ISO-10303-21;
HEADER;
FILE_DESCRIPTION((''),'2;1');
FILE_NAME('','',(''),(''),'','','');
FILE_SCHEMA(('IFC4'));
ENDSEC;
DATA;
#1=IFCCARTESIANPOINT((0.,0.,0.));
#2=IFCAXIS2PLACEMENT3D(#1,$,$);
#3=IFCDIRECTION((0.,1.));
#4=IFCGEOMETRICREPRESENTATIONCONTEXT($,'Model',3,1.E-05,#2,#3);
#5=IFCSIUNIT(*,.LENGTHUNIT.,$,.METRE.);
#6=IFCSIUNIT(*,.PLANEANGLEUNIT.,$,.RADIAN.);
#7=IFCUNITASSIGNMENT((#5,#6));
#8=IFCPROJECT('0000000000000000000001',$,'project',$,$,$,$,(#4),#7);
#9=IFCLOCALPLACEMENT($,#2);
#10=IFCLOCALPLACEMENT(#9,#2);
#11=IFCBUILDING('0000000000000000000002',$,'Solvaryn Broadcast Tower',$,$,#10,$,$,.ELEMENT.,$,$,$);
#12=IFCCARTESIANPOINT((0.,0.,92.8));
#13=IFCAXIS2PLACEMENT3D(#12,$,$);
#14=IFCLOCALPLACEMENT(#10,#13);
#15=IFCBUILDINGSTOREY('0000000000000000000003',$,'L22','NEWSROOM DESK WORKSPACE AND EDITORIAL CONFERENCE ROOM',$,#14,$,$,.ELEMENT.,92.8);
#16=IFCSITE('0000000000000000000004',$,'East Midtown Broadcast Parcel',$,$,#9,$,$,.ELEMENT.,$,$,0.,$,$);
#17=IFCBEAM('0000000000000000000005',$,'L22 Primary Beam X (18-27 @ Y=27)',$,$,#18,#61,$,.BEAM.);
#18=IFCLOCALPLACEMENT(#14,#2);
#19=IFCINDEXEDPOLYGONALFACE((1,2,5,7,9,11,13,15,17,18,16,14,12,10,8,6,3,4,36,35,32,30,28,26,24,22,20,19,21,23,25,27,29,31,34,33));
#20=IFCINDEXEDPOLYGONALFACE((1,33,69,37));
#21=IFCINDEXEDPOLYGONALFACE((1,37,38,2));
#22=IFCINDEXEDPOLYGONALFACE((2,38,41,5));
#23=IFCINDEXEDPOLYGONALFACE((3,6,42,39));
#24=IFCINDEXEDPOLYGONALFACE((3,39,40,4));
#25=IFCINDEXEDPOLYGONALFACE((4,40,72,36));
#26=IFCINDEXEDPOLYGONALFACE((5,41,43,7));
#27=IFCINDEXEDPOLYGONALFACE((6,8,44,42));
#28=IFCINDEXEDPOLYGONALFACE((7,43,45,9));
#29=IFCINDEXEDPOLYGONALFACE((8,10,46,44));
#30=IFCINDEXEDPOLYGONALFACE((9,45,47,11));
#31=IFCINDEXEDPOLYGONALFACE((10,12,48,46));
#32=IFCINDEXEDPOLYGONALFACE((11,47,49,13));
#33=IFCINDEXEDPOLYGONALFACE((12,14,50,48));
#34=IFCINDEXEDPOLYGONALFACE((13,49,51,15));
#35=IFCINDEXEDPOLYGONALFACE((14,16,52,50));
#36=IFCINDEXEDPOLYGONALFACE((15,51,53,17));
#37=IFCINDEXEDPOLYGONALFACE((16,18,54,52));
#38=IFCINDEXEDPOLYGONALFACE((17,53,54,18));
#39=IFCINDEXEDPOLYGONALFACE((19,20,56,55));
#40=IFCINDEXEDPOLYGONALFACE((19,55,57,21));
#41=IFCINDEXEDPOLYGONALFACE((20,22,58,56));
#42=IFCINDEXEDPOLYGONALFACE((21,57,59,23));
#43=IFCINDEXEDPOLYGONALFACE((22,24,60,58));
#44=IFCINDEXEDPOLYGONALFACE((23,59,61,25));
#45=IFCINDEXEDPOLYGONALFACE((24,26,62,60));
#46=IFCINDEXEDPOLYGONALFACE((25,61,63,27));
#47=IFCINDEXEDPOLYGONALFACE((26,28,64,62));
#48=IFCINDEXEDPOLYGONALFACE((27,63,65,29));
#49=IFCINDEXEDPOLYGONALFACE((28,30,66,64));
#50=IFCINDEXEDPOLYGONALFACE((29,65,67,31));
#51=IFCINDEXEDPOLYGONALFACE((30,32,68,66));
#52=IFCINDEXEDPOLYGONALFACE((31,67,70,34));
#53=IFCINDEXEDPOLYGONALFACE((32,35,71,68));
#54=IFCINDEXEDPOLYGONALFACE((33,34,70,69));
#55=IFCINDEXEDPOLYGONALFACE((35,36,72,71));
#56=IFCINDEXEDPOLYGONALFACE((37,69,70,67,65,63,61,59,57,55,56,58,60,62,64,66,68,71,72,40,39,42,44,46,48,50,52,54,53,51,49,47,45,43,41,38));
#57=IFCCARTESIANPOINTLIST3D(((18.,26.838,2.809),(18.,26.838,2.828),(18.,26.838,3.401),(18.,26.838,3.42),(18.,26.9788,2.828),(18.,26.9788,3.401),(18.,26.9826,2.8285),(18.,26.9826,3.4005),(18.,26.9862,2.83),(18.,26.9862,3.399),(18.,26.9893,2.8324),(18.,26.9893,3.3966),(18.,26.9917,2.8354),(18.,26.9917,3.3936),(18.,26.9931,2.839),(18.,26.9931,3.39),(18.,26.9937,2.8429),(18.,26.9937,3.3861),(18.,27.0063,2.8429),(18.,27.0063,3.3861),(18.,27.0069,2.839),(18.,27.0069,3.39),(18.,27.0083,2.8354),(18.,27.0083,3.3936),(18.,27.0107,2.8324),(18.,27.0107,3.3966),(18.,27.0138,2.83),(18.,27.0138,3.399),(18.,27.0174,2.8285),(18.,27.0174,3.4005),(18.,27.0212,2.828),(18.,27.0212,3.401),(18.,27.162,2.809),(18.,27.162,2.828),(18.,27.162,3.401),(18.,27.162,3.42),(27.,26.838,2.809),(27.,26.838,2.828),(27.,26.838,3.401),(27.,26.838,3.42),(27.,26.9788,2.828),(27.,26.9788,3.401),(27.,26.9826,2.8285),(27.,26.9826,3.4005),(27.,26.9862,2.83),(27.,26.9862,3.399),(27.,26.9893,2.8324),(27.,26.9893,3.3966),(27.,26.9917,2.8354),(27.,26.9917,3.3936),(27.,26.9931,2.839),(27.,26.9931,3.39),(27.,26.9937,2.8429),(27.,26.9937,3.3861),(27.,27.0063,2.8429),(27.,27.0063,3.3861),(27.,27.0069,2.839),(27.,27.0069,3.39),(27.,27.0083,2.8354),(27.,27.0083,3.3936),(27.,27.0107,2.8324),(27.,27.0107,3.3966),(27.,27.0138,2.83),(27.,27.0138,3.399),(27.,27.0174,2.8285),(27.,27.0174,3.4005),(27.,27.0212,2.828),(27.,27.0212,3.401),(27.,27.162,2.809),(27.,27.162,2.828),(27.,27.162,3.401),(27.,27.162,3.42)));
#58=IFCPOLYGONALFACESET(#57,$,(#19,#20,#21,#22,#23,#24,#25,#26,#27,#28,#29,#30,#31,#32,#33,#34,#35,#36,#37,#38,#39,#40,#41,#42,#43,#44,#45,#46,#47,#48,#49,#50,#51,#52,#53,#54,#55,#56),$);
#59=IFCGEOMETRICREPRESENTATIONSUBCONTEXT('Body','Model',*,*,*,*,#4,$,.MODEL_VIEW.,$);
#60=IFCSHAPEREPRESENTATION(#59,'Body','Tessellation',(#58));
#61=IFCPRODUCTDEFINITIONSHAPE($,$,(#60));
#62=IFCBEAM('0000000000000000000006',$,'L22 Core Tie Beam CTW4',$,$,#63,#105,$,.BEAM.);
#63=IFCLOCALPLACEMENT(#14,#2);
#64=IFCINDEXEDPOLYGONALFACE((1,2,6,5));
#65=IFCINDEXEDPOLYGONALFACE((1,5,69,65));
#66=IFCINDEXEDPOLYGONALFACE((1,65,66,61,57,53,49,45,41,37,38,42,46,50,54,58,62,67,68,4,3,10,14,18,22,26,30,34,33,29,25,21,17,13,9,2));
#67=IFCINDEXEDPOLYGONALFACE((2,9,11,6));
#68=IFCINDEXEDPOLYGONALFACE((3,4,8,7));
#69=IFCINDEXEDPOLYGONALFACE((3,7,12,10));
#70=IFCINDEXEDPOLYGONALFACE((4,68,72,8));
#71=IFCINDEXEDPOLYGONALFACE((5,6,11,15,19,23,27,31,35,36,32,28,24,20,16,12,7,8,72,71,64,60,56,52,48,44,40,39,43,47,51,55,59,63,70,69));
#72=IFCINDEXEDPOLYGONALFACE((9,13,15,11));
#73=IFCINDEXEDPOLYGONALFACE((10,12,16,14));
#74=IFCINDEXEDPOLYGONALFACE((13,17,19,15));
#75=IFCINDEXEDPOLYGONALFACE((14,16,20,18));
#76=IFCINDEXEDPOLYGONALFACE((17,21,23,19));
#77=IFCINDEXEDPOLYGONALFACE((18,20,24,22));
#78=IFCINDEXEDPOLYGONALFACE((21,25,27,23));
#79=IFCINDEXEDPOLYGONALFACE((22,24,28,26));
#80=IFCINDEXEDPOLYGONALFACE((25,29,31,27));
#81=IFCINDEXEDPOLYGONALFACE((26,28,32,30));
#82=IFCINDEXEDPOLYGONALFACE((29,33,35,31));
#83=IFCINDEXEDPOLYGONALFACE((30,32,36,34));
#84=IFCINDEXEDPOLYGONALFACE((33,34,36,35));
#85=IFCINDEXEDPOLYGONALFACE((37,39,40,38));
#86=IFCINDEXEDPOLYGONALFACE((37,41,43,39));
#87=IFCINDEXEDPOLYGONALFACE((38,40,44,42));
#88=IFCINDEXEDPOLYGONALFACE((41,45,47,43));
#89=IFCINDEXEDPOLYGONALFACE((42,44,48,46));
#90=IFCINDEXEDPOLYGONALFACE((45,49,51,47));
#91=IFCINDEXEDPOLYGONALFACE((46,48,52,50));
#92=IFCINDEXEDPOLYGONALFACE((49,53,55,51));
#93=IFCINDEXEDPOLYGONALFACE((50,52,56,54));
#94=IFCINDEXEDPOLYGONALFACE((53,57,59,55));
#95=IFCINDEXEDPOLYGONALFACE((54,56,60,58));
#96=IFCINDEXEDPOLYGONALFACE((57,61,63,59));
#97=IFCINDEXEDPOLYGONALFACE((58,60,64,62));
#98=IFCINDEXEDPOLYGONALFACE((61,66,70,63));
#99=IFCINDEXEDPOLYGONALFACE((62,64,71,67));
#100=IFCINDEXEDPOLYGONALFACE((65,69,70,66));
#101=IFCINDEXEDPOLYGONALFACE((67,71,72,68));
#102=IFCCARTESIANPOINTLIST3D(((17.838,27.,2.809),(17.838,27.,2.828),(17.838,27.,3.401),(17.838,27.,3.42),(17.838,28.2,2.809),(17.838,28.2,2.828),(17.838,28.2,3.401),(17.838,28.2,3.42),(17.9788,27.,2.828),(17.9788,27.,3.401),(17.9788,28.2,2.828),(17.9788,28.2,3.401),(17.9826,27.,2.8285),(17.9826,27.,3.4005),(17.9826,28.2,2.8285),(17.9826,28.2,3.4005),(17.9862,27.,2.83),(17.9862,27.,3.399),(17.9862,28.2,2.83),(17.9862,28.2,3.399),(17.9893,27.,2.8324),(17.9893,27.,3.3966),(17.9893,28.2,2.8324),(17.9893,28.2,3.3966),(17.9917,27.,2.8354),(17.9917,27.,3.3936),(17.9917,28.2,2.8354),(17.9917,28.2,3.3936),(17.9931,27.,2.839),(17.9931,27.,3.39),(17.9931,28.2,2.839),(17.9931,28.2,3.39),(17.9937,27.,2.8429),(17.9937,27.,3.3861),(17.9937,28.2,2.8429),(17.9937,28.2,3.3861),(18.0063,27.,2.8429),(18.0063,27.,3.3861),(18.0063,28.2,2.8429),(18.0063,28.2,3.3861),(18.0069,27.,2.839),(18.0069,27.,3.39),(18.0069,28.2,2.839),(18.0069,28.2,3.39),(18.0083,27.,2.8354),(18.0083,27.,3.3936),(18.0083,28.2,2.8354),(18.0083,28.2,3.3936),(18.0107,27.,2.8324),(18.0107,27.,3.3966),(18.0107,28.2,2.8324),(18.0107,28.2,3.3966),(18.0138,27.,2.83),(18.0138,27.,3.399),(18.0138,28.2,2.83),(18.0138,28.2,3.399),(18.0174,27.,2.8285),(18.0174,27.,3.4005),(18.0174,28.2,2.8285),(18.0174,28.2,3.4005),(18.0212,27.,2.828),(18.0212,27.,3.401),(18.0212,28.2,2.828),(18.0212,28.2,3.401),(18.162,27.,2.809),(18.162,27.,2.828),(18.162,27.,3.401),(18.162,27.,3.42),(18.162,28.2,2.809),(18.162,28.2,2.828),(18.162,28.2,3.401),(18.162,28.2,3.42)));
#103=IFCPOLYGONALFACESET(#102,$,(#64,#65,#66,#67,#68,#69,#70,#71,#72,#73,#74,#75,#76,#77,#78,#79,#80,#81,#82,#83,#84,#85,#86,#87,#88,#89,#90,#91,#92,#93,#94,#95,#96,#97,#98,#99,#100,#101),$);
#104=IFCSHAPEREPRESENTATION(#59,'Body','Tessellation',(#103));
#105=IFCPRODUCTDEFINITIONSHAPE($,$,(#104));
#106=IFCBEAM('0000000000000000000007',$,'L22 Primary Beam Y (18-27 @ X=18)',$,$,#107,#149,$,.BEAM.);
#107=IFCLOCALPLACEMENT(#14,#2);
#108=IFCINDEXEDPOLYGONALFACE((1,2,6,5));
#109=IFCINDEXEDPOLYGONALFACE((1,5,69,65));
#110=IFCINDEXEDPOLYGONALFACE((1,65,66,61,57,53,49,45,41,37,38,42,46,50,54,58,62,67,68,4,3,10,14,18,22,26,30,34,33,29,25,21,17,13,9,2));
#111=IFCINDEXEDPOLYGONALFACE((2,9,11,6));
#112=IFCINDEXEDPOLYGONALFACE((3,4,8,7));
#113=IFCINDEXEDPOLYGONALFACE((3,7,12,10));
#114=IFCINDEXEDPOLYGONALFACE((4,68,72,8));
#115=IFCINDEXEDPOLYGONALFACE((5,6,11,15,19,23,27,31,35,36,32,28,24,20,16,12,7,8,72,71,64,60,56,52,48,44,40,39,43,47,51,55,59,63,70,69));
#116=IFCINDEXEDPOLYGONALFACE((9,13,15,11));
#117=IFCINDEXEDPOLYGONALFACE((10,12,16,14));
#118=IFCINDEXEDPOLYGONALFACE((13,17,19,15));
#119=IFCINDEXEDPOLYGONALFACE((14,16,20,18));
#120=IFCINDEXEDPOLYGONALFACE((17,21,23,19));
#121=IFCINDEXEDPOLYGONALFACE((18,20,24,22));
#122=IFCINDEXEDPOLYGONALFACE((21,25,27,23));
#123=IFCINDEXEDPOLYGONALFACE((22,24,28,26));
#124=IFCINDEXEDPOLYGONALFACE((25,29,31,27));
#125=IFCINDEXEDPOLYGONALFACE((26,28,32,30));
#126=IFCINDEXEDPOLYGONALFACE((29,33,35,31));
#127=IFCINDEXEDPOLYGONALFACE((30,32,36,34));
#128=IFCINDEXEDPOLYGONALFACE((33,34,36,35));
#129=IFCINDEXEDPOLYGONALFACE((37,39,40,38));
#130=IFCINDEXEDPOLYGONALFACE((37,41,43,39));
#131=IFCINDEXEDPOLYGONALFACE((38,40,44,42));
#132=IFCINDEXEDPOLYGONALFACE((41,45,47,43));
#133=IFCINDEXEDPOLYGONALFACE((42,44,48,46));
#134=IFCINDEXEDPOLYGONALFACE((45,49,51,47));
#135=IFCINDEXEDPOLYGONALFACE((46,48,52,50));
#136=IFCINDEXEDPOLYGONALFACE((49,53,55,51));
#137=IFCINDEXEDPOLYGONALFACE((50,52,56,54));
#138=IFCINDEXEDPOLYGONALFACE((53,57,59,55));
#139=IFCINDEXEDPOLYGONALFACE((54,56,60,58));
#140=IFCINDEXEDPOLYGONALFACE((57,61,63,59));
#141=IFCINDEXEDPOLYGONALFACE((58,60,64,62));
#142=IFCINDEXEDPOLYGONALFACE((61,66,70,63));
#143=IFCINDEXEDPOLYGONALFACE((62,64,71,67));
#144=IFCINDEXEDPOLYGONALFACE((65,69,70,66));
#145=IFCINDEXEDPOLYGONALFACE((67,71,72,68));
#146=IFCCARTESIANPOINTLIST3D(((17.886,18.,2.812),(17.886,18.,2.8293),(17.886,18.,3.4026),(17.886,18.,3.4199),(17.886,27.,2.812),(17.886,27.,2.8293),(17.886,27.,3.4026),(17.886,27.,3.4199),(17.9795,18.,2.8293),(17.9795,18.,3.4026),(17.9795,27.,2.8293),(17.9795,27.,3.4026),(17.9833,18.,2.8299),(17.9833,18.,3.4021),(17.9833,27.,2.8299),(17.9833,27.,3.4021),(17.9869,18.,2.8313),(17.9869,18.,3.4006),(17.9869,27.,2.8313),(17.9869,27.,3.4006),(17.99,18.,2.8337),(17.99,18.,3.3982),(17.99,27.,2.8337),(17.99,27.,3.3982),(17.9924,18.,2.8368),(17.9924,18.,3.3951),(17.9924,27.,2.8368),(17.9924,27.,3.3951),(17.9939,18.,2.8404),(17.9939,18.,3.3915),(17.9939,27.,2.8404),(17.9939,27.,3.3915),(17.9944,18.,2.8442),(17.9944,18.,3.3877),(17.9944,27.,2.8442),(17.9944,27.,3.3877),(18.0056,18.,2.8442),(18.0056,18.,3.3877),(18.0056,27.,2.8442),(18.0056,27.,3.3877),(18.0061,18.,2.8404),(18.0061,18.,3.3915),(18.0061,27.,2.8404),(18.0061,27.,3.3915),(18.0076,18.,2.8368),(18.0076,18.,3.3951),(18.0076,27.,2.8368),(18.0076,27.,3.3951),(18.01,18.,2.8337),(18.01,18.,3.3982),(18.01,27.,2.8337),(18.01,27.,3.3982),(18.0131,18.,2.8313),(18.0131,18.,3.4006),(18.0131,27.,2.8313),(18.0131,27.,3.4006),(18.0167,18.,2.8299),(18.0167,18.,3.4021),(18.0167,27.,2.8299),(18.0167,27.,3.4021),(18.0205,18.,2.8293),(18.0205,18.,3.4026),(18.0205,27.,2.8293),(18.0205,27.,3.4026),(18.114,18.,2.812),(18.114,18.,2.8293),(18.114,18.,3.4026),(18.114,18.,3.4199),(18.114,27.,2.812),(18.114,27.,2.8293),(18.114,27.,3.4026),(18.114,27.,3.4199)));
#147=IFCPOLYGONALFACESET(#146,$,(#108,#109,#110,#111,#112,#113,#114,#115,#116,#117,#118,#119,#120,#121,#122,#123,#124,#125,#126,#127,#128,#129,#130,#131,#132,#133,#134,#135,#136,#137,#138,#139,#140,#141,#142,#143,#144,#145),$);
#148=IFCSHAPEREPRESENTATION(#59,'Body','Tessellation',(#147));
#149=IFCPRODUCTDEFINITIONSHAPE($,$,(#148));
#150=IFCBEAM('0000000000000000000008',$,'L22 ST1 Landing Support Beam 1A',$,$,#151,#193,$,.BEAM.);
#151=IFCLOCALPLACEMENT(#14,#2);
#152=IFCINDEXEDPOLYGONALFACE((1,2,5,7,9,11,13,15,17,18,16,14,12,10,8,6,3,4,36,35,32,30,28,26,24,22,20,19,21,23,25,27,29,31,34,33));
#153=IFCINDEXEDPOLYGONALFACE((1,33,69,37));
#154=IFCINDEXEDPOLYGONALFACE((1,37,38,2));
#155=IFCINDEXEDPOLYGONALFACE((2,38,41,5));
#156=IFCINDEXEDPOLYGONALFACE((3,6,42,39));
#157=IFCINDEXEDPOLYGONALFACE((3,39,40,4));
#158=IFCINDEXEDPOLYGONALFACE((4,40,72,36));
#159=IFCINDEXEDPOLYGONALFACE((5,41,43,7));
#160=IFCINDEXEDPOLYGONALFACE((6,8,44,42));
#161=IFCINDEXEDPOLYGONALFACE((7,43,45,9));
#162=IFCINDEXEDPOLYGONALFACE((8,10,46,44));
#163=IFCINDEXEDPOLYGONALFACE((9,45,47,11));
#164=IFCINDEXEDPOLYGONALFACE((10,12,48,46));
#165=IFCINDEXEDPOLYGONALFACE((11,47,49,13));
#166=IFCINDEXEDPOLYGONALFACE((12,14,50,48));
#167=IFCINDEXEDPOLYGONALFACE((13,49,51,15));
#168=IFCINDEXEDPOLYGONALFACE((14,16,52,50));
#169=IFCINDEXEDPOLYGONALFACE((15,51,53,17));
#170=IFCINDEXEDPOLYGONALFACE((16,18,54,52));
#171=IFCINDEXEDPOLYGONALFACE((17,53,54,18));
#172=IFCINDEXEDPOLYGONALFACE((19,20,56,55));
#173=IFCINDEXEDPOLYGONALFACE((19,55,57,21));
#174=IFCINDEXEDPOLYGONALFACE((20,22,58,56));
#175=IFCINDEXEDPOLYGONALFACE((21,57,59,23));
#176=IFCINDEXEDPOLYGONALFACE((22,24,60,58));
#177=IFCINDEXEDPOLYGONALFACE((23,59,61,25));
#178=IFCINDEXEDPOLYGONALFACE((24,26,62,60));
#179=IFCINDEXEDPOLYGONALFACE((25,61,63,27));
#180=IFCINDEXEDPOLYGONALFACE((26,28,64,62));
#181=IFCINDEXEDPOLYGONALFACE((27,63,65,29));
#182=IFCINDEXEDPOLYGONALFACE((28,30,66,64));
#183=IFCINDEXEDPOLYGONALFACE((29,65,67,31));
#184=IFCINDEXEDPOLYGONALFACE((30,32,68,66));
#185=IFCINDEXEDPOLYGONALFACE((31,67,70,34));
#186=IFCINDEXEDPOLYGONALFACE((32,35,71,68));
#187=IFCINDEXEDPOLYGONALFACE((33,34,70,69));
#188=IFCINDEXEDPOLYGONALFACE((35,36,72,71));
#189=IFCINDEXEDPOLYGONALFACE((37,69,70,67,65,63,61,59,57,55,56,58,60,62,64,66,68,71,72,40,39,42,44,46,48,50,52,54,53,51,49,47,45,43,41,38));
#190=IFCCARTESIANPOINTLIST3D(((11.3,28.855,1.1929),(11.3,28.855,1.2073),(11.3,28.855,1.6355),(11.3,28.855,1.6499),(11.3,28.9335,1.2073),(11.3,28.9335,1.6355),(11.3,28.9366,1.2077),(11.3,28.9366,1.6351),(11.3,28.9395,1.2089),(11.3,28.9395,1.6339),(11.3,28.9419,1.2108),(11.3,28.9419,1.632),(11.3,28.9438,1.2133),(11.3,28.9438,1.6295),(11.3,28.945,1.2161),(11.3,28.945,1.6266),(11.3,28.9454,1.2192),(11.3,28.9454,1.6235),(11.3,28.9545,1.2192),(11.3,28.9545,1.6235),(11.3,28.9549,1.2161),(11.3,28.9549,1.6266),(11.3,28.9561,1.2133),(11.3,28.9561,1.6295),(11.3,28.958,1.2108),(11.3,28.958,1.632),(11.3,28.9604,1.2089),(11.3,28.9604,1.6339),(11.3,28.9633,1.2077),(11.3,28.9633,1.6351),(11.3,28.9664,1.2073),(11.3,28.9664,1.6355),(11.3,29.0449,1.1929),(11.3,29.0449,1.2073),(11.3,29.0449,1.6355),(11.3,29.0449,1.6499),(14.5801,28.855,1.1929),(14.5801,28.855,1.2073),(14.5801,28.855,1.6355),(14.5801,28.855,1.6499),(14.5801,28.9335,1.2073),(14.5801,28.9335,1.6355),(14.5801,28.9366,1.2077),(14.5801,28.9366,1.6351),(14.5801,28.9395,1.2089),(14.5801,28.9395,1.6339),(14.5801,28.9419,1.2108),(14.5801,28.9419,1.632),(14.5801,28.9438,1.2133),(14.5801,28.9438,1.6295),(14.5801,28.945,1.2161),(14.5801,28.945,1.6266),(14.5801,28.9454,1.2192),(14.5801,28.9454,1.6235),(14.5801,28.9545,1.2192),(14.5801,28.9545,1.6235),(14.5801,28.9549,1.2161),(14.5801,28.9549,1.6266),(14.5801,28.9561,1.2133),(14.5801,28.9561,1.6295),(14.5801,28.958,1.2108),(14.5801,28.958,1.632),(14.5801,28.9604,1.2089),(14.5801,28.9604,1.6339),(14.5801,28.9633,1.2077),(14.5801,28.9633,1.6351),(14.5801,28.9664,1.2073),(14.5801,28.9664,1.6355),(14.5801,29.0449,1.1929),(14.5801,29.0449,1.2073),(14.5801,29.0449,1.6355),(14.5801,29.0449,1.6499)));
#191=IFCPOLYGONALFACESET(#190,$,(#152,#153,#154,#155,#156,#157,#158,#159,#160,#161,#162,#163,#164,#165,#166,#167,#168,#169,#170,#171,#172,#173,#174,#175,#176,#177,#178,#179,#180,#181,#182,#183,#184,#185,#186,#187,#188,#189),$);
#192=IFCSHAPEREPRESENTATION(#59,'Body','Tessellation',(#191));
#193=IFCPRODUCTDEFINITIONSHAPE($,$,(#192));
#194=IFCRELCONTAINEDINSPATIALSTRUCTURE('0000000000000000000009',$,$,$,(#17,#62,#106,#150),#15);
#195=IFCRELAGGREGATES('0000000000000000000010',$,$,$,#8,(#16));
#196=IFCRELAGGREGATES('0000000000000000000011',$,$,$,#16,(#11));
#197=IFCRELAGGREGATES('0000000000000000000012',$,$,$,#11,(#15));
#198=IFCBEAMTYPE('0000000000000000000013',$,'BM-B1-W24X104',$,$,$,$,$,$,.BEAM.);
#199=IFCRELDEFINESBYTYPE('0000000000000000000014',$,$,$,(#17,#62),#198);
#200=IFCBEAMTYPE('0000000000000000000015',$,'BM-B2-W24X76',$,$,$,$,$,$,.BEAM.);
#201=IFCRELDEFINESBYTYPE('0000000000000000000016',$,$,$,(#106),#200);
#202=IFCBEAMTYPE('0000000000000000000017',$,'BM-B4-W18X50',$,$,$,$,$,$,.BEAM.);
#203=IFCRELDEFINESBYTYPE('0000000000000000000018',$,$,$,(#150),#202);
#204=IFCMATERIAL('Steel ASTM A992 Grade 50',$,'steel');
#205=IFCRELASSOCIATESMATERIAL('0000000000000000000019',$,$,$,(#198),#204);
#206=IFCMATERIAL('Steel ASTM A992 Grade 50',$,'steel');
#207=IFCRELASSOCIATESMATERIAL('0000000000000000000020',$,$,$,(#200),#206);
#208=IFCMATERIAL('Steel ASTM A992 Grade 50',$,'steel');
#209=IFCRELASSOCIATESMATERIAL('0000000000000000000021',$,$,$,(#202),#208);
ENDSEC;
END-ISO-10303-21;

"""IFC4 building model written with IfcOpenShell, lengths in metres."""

from ifc_helpers import new_model, si_unit, direction, frame, origin, origin_2d, place, context, subcontext, project, spatial, i_section, extrude, material, material_profile, profile_set, type_object, element, save


model = new_model("IFC4")

# Units and contexts
model_context = context("Model", 3, precision=1e-05, world=origin(), true_north=direction((0.0, 1.0)))
body_context = subcontext(model_context, "Body", "Model", "MODEL_VIEW")
ifc_project = project(units=[si_unit("LENGTHUNIT", "METRE"), si_unit("PLANEANGLEUNIT", "RADIAN")], contexts=[model_context])

# Site, building, storey
site_placement = place(None, origin())
site = spatial("IfcSite", under=ifc_project, at=site_placement, Name="East Midtown Broadcast Parcel", CompositionType="ELEMENT", RefElevation=0.0)
building_placement = place(site_placement, origin())
building = spatial("IfcBuilding", under=site, at=building_placement, Name="Solvaryn Broadcast Tower", CompositionType="ELEMENT")
storey_placement = place(building_placement, frame((0.0, 0.0, 92.8)))
storey = spatial("IfcBuildingStorey", under=building, at=storey_placement, Name="L22", Description="NEWSROOM DESK WORKSPACE AND EDITORIAL CONFERENCE ROOM", CompositionType="ELEMENT", Elevation=92.8)

# Beams
ifc_material_1 = material(Name="Steel ASTM A992 Grade 50", Category="steel")
ifc_material_profile_1 = material_profile(ifc_material_1, i_section(OverallWidth=0.324, OverallDepth=0.6111, WebThickness=0.0127, FlangeThickness=0.019, FilletRadius=0.0149, at=origin_2d()))
ifc_profile_set_1 = profile_set([ifc_material_profile_1], Name="Steel ASTM A992 Grade 50")
beam_type_1 = type_object("IfcBeamType", Name="BM-B1-W24X104", PredefinedType="BEAM", material=ifc_profile_set_1)
for number, where, z_axis, x_axis, name in (
    (1, (18.0, 27.0, 3.1145), (1.0, 0.0, 0.0), (0.0, 1.0, 0.0), "L22 Primary Beam X (18-27 @ Y=27)"),
):
    element("IfcBeam", number, at=place(storey_placement, frame(where, z_axis=z_axis, x_axis=x_axis)), inside=storey, type_object=beam_type_1, Name=name, PredefinedType="BEAM", context=body_context, shape_type="SweptSolid", body=[
        extrude(i_section(OverallWidth=0.324, OverallDepth=0.6111, WebThickness=0.0127, FlangeThickness=0.019, FilletRadius=0.0149, at=origin_2d()), origin(), (0.0, 0.0, 1.0), 9.0),
    ])
beam_1_placement = place(storey_placement, frame((18.0, 27.0, 3.1145), z_axis=(0.0, 1.0, 0.0), x_axis=(-1.0, 0.0, 0.0)))
element("IfcBeam", 2, at=beam_1_placement, inside=storey, type_object=beam_type_1, Name="L22 Core Tie Beam CTW4", PredefinedType="BEAM", context=body_context, shape_type="SweptSolid", body=[
    extrude(i_section(OverallWidth=0.324, OverallDepth=0.6111, WebThickness=0.0127, FlangeThickness=0.019, FilletRadius=0.0149, at=origin_2d()), origin(), (0.0, 0.0, 1.0), 1.2),
])
ifc_material_2 = material(Name="Steel ASTM A992 Grade 50", Category="steel")
ifc_material_profile_2 = material_profile(ifc_material_2, i_section(OverallWidth=0.228, OverallDepth=0.6079, WebThickness=0.0112, FlangeThickness=0.0173, FilletRadius=0.0149, at=origin_2d()))
ifc_profile_set_2 = profile_set([ifc_material_profile_2], Name="Steel ASTM A992 Grade 50")
beam_type_2 = type_object("IfcBeamType", Name="BM-B2-W24X76", PredefinedType="BEAM", material=ifc_profile_set_2)
beam_2_placement = place(storey_placement, frame((18.0, 18.0, 3.116), z_axis=(0.0, 1.0, 0.0), x_axis=(-1.0, 0.0, 0.0)))
element("IfcBeam", 3, at=beam_2_placement, inside=storey, type_object=beam_type_2, Name="L22 Primary Beam Y (18-27 @ X=18)", PredefinedType="BEAM", context=body_context, shape_type="SweptSolid", body=[
    extrude(i_section(OverallWidth=0.228, OverallDepth=0.6079, WebThickness=0.0112, FlangeThickness=0.0173, FilletRadius=0.0149, at=origin_2d()), origin(), (0.0, 0.0, 1.0), 9.0),
])
ifc_material_3 = material(Name="Steel ASTM A992 Grade 50", Category="steel")
ifc_material_profile_3 = material_profile(ifc_material_3, i_section(OverallWidth=0.1899, OverallDepth=0.457, WebThickness=0.009, FlangeThickness=0.0144, FilletRadius=0.012, at=origin_2d()))
ifc_profile_set_3 = profile_set([ifc_material_profile_3], Name="Steel ASTM A992 Grade 50")
beam_type_3 = type_object("IfcBeamType", Name="BM-B4-W18X50", PredefinedType="BEAM", material=ifc_profile_set_3)
beam_3_placement = place(storey_placement, frame((11.3, 28.95, 1.4214), z_axis=(1.0, 0.0, 0.0), x_axis=(0.0, 1.0, 0.0)))
element("IfcBeam", 4, at=beam_3_placement, inside=storey, type_object=beam_type_3, Name="L22 ST1 Landing Support Beam 1A", PredefinedType="BEAM", context=body_context, shape_type="SweptSolid", body=[
    extrude(i_section(OverallWidth=0.1899, OverallDepth=0.457, WebThickness=0.009, FlangeThickness=0.0144, FilletRadius=0.012, at=origin_2d()), origin(), (0.0, 0.0, 1.0), 3.28),
])

save(model, "model.ifc")
